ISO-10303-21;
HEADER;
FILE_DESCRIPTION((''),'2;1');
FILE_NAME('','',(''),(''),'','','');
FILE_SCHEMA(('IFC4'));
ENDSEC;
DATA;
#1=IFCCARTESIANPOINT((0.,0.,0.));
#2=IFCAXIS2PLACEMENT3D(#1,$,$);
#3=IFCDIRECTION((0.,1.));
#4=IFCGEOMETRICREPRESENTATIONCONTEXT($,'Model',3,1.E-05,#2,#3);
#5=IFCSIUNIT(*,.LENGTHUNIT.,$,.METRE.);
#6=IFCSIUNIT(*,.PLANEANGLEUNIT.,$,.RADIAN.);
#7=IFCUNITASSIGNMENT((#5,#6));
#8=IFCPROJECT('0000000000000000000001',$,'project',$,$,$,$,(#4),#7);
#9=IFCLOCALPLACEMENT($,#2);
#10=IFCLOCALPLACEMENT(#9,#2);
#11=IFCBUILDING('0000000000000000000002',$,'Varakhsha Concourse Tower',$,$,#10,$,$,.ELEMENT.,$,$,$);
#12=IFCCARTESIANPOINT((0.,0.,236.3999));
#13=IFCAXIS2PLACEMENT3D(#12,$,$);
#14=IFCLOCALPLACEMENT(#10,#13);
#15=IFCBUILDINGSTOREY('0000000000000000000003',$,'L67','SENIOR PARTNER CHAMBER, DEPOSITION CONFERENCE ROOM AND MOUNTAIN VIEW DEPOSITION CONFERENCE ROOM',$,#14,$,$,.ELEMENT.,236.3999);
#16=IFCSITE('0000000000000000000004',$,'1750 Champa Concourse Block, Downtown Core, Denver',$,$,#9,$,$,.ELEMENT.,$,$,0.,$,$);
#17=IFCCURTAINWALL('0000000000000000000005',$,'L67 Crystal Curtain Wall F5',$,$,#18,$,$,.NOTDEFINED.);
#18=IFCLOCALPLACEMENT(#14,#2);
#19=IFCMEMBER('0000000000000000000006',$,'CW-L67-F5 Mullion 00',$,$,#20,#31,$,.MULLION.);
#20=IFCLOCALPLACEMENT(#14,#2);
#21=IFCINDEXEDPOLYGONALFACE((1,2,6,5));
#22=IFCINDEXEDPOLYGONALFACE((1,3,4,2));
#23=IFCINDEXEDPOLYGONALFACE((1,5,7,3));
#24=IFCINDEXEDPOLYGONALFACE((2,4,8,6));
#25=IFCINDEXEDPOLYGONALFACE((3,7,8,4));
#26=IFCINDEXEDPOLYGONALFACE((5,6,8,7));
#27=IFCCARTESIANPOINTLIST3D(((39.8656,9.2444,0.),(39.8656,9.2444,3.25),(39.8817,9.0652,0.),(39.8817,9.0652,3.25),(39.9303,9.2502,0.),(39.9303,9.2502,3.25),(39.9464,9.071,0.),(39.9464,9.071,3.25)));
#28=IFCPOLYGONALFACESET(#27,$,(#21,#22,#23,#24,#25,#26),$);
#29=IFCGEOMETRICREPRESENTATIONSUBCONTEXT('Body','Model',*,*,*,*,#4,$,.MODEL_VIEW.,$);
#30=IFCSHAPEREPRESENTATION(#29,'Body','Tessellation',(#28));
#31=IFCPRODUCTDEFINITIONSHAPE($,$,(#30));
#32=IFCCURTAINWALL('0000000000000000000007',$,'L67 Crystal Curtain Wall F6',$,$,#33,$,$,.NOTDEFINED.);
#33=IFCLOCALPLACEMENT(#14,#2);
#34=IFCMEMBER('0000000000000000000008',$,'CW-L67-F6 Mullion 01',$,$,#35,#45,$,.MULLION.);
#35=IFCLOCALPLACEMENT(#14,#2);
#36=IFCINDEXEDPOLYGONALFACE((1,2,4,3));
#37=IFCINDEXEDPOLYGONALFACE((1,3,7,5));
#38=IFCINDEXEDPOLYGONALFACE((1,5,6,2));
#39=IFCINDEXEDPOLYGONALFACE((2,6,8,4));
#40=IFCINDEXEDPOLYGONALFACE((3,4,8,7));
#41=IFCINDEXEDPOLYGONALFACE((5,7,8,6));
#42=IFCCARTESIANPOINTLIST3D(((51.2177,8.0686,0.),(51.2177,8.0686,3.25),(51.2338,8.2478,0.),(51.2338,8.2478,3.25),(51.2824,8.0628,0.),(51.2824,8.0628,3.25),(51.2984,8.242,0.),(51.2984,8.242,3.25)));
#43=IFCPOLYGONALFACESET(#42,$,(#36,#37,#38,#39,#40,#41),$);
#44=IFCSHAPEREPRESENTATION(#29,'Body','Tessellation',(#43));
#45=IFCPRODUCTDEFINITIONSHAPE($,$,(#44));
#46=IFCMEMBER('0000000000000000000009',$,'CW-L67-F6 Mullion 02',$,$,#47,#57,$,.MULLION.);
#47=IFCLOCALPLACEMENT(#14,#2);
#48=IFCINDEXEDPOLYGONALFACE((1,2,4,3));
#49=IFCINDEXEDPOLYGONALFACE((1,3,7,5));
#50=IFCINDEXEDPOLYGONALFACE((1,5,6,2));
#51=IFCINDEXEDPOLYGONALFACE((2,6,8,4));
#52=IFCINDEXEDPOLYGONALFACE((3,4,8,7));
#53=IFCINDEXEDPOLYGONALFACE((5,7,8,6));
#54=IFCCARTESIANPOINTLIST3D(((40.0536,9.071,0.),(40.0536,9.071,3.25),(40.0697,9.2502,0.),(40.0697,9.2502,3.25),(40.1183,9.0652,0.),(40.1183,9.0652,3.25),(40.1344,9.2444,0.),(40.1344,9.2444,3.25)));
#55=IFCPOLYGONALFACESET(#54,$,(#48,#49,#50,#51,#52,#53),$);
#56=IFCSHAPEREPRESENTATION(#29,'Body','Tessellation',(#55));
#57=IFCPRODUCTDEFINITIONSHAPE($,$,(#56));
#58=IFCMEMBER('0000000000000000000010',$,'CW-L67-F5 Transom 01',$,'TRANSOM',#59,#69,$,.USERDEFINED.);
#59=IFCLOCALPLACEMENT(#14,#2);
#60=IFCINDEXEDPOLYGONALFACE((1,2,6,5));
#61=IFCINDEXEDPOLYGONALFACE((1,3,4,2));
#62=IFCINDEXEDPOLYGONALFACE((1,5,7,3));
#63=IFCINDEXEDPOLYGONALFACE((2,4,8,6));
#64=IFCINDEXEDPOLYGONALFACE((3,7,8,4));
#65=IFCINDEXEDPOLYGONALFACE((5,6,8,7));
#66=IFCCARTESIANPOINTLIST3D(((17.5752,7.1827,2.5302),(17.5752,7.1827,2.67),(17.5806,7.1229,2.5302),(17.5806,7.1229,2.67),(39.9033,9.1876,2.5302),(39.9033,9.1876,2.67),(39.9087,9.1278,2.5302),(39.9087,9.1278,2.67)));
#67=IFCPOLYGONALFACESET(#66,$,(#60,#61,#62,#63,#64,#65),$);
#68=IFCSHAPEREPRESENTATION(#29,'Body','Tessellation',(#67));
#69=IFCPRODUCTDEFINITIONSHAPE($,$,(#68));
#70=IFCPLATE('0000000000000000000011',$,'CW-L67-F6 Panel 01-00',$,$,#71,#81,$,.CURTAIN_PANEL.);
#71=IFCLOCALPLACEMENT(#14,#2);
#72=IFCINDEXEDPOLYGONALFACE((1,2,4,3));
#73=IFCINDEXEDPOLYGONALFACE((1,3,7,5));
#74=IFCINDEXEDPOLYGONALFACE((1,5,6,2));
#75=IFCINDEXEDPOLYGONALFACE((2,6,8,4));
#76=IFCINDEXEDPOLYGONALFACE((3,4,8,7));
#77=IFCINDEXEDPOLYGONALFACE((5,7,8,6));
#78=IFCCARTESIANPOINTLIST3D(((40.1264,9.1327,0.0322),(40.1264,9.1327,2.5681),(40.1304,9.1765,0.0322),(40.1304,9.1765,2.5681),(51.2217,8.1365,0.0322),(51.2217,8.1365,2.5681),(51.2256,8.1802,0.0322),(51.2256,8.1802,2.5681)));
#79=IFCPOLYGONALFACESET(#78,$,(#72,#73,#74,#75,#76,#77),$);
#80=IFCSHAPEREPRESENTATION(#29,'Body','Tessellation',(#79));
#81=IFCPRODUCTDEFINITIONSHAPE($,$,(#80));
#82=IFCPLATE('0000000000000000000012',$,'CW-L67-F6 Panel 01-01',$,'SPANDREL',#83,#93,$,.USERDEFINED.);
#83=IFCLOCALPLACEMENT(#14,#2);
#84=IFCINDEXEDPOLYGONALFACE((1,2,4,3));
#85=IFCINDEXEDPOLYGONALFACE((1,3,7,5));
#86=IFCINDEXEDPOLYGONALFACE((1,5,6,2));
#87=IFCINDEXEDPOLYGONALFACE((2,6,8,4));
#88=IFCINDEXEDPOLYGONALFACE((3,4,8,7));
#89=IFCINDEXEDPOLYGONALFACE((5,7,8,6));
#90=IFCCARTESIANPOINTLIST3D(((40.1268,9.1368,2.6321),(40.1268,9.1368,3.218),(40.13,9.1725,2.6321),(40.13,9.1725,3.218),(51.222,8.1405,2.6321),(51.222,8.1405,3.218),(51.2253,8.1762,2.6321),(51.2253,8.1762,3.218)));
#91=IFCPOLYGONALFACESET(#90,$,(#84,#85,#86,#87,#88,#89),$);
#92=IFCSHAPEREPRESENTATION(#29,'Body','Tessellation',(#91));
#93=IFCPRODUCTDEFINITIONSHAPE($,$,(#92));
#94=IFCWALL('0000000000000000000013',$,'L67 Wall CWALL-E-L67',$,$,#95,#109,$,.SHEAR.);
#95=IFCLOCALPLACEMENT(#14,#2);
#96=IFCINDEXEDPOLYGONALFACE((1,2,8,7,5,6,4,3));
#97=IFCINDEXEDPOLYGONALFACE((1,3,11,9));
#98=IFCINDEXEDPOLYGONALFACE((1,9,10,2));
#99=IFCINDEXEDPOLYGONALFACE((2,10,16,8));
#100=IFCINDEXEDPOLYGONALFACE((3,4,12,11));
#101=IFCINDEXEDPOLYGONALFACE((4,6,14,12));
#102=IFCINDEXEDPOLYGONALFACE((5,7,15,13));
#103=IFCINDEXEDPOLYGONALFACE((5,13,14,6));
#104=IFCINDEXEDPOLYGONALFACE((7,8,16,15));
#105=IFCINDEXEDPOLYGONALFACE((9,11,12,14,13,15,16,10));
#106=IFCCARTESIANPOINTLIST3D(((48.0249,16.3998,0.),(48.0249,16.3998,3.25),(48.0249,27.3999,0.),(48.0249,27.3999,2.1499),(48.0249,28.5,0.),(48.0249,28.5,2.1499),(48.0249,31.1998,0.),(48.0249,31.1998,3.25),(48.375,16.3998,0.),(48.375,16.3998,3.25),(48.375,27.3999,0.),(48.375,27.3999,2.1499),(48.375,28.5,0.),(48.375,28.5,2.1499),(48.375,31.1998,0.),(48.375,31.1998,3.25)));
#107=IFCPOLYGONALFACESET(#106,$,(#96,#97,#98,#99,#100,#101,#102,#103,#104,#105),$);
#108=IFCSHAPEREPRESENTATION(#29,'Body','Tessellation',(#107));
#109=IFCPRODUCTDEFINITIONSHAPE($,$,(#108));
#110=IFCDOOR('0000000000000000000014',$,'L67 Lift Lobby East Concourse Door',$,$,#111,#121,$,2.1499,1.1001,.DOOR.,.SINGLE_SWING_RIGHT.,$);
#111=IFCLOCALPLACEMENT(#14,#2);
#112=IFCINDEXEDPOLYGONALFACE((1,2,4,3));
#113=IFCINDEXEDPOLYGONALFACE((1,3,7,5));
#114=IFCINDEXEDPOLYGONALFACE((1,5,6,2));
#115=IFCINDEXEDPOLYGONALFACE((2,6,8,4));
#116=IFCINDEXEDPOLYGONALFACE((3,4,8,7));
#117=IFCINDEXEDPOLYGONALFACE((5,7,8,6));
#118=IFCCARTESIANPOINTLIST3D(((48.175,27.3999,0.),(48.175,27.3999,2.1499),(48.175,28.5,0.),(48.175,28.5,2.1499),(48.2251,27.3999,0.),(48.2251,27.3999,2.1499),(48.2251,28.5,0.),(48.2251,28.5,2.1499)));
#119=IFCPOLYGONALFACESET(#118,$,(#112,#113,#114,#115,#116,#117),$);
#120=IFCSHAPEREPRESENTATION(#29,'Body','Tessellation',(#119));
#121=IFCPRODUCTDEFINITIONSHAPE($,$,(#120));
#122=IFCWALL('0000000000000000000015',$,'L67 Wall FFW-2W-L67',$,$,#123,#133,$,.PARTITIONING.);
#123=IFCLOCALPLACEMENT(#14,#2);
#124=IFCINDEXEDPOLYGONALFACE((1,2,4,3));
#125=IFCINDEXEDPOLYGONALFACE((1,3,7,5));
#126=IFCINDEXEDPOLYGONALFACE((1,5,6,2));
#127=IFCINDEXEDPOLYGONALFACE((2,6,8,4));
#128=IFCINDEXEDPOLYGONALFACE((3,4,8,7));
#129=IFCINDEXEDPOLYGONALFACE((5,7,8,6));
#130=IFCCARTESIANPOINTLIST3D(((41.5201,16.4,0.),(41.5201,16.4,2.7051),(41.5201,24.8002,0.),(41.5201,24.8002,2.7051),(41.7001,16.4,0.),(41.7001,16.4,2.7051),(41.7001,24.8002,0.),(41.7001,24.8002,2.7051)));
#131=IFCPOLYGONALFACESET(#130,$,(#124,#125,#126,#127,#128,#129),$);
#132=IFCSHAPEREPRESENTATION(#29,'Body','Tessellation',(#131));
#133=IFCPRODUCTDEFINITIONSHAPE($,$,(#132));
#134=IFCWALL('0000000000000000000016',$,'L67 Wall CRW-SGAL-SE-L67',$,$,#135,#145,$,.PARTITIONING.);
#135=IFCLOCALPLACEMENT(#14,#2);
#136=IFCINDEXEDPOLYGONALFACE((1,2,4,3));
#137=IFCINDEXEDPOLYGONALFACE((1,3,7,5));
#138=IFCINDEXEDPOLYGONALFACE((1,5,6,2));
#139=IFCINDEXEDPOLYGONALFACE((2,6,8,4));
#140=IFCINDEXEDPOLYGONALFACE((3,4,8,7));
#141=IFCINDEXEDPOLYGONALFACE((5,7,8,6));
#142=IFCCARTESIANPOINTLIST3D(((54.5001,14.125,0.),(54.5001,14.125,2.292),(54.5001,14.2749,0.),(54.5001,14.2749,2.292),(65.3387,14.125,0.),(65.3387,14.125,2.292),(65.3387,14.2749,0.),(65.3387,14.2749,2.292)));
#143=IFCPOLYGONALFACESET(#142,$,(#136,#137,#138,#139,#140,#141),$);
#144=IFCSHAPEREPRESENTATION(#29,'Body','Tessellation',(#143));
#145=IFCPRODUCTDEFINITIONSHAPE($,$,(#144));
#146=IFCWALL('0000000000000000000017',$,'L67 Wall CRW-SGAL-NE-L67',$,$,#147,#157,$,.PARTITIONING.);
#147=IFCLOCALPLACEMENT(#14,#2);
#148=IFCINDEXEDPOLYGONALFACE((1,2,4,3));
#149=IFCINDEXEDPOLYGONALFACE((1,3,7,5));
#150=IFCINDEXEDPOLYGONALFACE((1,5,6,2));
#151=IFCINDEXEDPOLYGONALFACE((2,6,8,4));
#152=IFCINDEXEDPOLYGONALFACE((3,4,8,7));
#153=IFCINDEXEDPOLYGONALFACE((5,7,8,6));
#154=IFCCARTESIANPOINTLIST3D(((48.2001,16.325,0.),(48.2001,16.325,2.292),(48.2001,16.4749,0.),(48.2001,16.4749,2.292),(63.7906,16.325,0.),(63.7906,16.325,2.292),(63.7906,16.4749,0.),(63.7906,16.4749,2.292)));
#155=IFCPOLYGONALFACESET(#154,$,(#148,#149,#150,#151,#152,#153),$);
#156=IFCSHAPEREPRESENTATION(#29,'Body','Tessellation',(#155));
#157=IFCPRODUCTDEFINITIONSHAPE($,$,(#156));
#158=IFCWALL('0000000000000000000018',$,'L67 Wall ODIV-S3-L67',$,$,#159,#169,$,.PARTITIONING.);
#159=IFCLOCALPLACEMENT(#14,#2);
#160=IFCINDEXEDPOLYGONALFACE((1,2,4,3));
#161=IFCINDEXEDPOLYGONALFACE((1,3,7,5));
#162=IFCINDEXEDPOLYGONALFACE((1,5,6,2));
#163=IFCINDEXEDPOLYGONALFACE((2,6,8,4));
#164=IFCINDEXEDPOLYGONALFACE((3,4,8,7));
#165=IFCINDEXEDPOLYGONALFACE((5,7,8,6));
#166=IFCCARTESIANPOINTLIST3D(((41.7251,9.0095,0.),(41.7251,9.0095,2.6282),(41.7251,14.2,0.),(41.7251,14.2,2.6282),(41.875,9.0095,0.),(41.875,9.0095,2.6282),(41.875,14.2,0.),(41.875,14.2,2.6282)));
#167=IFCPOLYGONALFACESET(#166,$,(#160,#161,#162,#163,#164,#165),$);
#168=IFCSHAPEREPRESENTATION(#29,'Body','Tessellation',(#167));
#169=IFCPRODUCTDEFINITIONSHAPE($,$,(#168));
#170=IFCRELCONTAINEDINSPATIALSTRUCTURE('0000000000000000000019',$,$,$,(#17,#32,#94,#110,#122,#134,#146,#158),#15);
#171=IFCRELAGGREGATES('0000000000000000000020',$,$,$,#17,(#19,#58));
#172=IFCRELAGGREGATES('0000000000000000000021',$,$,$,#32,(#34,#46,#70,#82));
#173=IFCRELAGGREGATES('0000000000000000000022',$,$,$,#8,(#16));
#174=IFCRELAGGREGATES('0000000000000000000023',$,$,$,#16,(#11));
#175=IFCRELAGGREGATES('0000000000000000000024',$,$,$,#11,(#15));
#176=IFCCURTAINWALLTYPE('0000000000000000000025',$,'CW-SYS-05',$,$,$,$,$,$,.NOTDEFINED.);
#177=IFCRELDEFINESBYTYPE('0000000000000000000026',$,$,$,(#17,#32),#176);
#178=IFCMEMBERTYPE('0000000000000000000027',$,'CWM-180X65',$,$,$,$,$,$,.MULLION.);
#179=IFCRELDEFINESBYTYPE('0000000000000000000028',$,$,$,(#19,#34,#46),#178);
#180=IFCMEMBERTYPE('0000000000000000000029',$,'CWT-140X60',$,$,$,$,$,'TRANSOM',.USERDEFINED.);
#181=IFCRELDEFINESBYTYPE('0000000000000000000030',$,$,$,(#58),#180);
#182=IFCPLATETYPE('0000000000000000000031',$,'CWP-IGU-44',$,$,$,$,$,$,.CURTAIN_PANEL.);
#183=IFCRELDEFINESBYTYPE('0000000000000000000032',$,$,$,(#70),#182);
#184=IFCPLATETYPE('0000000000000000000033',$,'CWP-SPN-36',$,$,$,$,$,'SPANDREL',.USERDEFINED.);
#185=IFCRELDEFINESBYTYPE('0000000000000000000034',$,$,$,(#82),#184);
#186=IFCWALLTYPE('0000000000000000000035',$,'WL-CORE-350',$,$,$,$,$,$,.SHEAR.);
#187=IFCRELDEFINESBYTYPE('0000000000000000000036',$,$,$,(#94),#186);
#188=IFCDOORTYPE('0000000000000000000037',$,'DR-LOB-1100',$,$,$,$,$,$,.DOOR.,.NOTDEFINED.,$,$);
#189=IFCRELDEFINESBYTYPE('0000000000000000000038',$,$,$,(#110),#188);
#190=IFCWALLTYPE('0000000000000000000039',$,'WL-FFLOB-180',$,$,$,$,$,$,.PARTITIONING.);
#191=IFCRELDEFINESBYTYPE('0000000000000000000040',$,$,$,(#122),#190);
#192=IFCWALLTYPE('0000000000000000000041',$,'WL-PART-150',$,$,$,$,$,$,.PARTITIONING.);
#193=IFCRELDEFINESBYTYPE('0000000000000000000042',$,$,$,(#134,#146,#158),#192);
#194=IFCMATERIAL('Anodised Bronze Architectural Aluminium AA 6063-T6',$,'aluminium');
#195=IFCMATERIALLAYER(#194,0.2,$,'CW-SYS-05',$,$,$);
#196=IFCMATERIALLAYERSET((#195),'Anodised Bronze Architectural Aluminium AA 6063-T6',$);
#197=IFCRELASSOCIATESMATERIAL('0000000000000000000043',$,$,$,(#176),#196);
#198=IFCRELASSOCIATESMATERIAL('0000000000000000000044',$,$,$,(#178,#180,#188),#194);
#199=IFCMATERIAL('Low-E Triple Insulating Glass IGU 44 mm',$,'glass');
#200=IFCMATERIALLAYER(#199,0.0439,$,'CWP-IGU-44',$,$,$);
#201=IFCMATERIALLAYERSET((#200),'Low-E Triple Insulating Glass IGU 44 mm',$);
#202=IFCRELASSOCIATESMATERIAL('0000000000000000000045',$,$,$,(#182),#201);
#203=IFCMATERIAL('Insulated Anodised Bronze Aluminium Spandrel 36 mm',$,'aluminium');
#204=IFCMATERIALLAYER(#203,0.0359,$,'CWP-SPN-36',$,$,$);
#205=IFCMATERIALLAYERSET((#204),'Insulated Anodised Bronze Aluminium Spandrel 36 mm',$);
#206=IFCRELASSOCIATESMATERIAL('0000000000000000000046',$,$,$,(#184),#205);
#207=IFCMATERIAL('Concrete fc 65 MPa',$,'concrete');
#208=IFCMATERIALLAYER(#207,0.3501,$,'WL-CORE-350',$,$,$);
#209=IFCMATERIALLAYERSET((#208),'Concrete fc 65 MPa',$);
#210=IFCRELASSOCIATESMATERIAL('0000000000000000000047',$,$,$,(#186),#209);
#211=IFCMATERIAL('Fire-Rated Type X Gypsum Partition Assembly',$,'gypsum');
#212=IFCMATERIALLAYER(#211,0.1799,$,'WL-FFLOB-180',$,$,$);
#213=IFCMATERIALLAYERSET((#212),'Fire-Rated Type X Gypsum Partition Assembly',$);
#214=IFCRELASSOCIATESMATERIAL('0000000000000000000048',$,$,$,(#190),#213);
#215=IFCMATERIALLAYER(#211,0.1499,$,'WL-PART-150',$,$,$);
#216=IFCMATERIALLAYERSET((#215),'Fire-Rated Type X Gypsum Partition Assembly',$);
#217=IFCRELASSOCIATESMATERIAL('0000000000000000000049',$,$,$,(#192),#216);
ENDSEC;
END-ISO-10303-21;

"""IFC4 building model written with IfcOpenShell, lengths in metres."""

from ifc_helpers import new_model, si_unit, direction, frame, frame_2d, origin, origin_2d, place, context, subcontext, project, spatial, rectangle, extrude, source, transform, mapped, material, layer, layer_set, material_profile, profile_set, type_object, type_shapes, element, fill, aggregate, save


model = new_model("IFC4")

# Units and contexts
model_context = context("Model", 3, precision=1e-05, world=origin(), true_north=direction((0.0, 1.0)))
body_context = subcontext(model_context, "Body", "Model", "MODEL_VIEW")
ifc_project = project(units=[si_unit("LENGTHUNIT", "METRE"), si_unit("PLANEANGLEUNIT", "RADIAN")], contexts=[model_context])

# Site, building, storey
site_placement = place(None, origin())
site = spatial("IfcSite", under=ifc_project, at=site_placement, Name="1750 Champa Concourse Block, Downtown Core, Denver", CompositionType="ELEMENT", RefElevation=0.0)
building_placement = place(site_placement, origin())
building = spatial("IfcBuilding", under=site, at=building_placement, Name="Varakhsha Concourse Tower", CompositionType="ELEMENT")
storey_placement = place(building_placement, frame((0.0, 0.0, 236.3999)))
storey = spatial("IfcBuildingStorey", under=building, at=storey_placement, Name="L67", Description="SENIOR PARTNER CHAMBER, DEPOSITION CONFERENCE ROOM AND MOUNTAIN VIEW DEPOSITION CONFERENCE ROOM", CompositionType="ELEMENT", Elevation=236.3999)

# Shared definitions
ifc_material_1 = material(Name="Concrete fc 65 MPa", Category="concrete")

# Curtain wall, member
ifc_material_2 = material(Name="Anodised Bronze Architectural Aluminium AA 6063-T6", Category="aluminium")
ifc_layer_1 = layer(ifc_material_2, 0.2, Name="CW-SYS-05")
ifc_layer_set_1 = layer_set([ifc_layer_1], Name="Anodised Bronze Architectural Aluminium AA 6063-T6")
curtain_wall_type = type_object("IfcCurtainWallType", Name="CW-SYS-05", PredefinedType="NOTDEFINED", material=ifc_layer_set_1)
curtain_wall_1_placement = place(storey_placement, origin())
curtain_wall_1 = element("IfcCurtainWall", 1, at=curtain_wall_1_placement, inside=storey, type_object=curtain_wall_type, Name="L67 Crystal Curtain Wall F5", PredefinedType="NOTDEFINED")
ifc_material_profile_1 = material_profile(ifc_material_2, rectangle(XDim=0.0649, YDim=0.1799, at=origin_2d()), Name="CWM-180X65")
ifc_profile_set_1 = profile_set([ifc_material_profile_1], Name="Anodised Bronze Architectural Aluminium AA 6063-T6")
member_type_1 = type_object("IfcMemberType", Name="CWM-180X65", PredefinedType="MULLION", material=ifc_profile_set_1)
shared_shape_1 = source(origin(), body_context, "Body", "SweptSolid", [
    extrude(rectangle(XDim=0.0649, YDim=0.1799, at=origin_2d()), origin(), (0.0, 0.0, 1.0), 3.25),
])
type_shapes(member_type_1, [shared_shape_1])
member_1_placement = place(storey_placement, frame((39.906, 9.1577, 0.0), z_axis=(0.0, 0.0, 1.0), x_axis=(-0.995993, -0.089433, 0.0)))
member_1 = element("IfcMember", 2, at=member_1_placement, type_object=member_type_1, Name="CW-L67-F5 Mullion 00", PredefinedType="MULLION", context=body_context, shape_type="MappedRepresentation", body=[
    mapped(shared_shape_1, transform((0.0, 0.0, 0.0), scale=1.0)),
])

# Curtain wall, members
curtain_wall_2_placement = place(storey_placement, origin())
curtain_wall_2 = element("IfcCurtainWall", 3, at=curtain_wall_2_placement, inside=storey, type_object=curtain_wall_type, Name="L67 Crystal Curtain Wall F6", PredefinedType="NOTDEFINED")
member_2_placement = place(storey_placement, frame((51.2581, 8.1553, 0.0), z_axis=(0.0, 0.0, 1.0), x_axis=(-0.995993, 0.089433, 0.0)))
member_2 = element("IfcMember", 4, at=member_2_placement, type_object=member_type_1, Name="CW-L67-F6 Mullion 01", PredefinedType="MULLION", context=body_context, shape_type="MappedRepresentation", body=[
    mapped(shared_shape_1, transform((0.0, 0.0, 0.0), scale=1.0)),
])
member_3_placement = place(storey_placement, frame((40.094, 9.1577, 0.0), z_axis=(0.0, 0.0, 1.0), x_axis=(-0.995993, 0.089433, 0.0)))
member_3 = element("IfcMember", 5, at=member_3_placement, type_object=member_type_1, Name="CW-L67-F6 Mullion 02", PredefinedType="MULLION", context=body_context, shape_type="MappedRepresentation", body=[
    mapped(shared_shape_1, transform((0.0, 0.0, 0.0), scale=1.0)),
])

# Member
ifc_material_profile_2 = material_profile(ifc_material_2, rectangle(XDim=0.0601, YDim=0.1399, at=origin_2d()), Name="CWT-140X60")
ifc_profile_set_2 = profile_set([ifc_material_profile_2], Name="Anodised Bronze Architectural Aluminium AA 6063-T6")
member_type_2 = type_object("IfcMemberType", Name="CWT-140X60", ElementType="TRANSOM", PredefinedType="USERDEFINED", material=ifc_profile_set_2)
shared_shape_2 = source(origin(), body_context, "Body", "SweptSolid", [
    extrude(rectangle(XDim=0.0601, YDim=0.1399, at=origin_2d()), origin(), (0.0, 0.0, 1.0), 22.418),
])
type_shapes(member_type_2, [shared_shape_2])
member_4_placement = place(storey_placement, frame((39.906, 9.1577, 2.6001), z_axis=(-0.995993, -0.089432, 0.0), x_axis=(0.089432, -0.995993, 0.0)))
member_4 = element("IfcMember", 6, at=member_4_placement, type_object=member_type_2, Name="CW-L67-F5 Transom 01", ObjectType="TRANSOM", PredefinedType="USERDEFINED", context=body_context, shape_type="MappedRepresentation", body=[
    mapped(shared_shape_2, transform((0.0, 0.0, 0.0), scale=1.0)),
])
aggregate(curtain_wall_1, [member_1, member_4])

# Plates
ifc_material_3 = material(Name="Low-E Triple Insulating Glass IGU 44 mm", Category="glass")
ifc_layer_2 = layer(ifc_material_3, 0.0439, Name="CWP-IGU-44")
ifc_layer_set_2 = layer_set([ifc_layer_2], Name="Low-E Triple Insulating Glass IGU 44 mm")
plate_type_1 = type_object("IfcPlateType", Name="CWP-IGU-44", PredefinedType="CURTAIN_PANEL", material=ifc_layer_set_2)
shared_shape_3 = source(origin(), body_context, "Body", "SweptSolid", [
    extrude(rectangle(XDim=11.1399, YDim=0.0439, at=origin_2d()), origin(), (0.0, 0.0, 1.0), 2.5359),
])
type_shapes(plate_type_1, [shared_shape_3])
plate_1_placement = place(storey_placement, frame((45.676, 8.6565, 0.0322), z_axis=(0.0, 0.0, 1.0), x_axis=(-0.995993, 0.089433, 0.0)))
plate_1 = element("IfcPlate", 7, at=plate_1_placement, type_object=plate_type_1, Name="CW-L67-F6 Panel 01-00", PredefinedType="CURTAIN_PANEL", context=body_context, shape_type="MappedRepresentation", body=[
    mapped(shared_shape_3, transform((0.0, 0.0, 0.0), scale=1.0)),
])
ifc_material_4 = material(Name="Insulated Anodised Bronze Aluminium Spandrel 36 mm", Category="aluminium")
ifc_layer_3 = layer(ifc_material_4, 0.0359, Name="CWP-SPN-36")
ifc_layer_set_3 = layer_set([ifc_layer_3], Name="Insulated Anodised Bronze Aluminium Spandrel 36 mm")
plate_type_2 = type_object("IfcPlateType", Name="CWP-SPN-36", ElementType="SPANDREL", PredefinedType="USERDEFINED", material=ifc_layer_set_3)
shared_shape_4 = source(origin(), body_context, "Body", "SweptSolid", [
    extrude(rectangle(XDim=11.1399, YDim=0.0359, at=origin_2d()), origin(), (0.0, 0.0, 1.0), 0.5859),
])
type_shapes(plate_type_2, [shared_shape_4])
plate_2_placement = place(storey_placement, frame((45.676, 8.6565, 2.6321), z_axis=(0.0, 0.0, 1.0), x_axis=(-0.995993, 0.089433, 0.0)))
plate_2 = element("IfcPlate", 8, at=plate_2_placement, type_object=plate_type_2, Name="CW-L67-F6 Panel 01-01", ObjectType="SPANDREL", PredefinedType="USERDEFINED", context=body_context, shape_type="MappedRepresentation", body=[
    mapped(shared_shape_4, transform((0.0, 0.0, 0.0), scale=1.0)),
])
aggregate(curtain_wall_2, [member_2, member_3, plate_1, plate_2])

# Wall, opening, door
ifc_layer_4 = layer(ifc_material_1, 0.3501, Name="WL-CORE-350")
ifc_layer_set_4 = layer_set([ifc_layer_4], Name="Concrete fc 65 MPa")
wall_type_1 = type_object("IfcWallType", Name="WL-CORE-350", PredefinedType="SHEAR", material=ifc_layer_set_4)
wall_1_placement = place(storey_placement, frame((48.2, 16.3999, 0.0), z_axis=(0.0, 0.0, 1.0), x_axis=(0.0, 1.0, 0.0)))
wall_1 = element("IfcWall", 9, at=wall_1_placement, inside=storey, type_object=wall_type_1, Name="L67 Wall CWALL-E-L67", PredefinedType="SHEAR", context=body_context, shape_type="SweptSolid", body=[
    extrude(rectangle(XDim=14.8, YDim=0.3501, at=frame_2d((7.3999, 0.0))), origin(), (0.0, 0.0, 1.0), 3.25),
])
opening_1_placement = place(wall_1_placement, frame((11.0, 0.0, 0.0)))
opening_1 = element("IfcOpeningElement", 10, at=opening_1_placement, cuts=wall_1, PredefinedType="OPENING", context=body_context, shape_type="SweptSolid", body=[
    extrude(rectangle(XDim=1.1001, YDim=2.1499, at=frame_2d((0.55, 1.075))), frame((0.0, 0.1851, 0.0), z_axis=(0.0, -1.0, 0.0), x_axis=(1.0, 0.0, 0.0)), (0.0, 0.0, 1.0), 0.3701),
])
door_type_1 = type_object("IfcDoorType", Name="DR-LOB-1100", OperationType="NOTDEFINED", PredefinedType="DOOR", material=ifc_material_2)
door_1_placement = place(opening_1_placement, origin())
door_1 = element("IfcDoor", 11, at=door_1_placement, inside=storey, type_object=door_type_1, Name="L67 Lift Lobby East Concourse Door", OperationType="SINGLE_SWING_RIGHT", OverallHeight=2.1499, OverallWidth=1.1001, PredefinedType="DOOR", context=body_context, shape_type="SweptSolid", body=[
    extrude(rectangle(XDim=1.1001, YDim=2.1499, at=frame_2d((0.55, 1.075))), frame((0.0, 0.0249, 0.0), z_axis=(0.0, -1.0, 0.0), x_axis=(1.0, 0.0, 0.0)), (0.0, 0.0, 1.0), 0.05),
])
fill(opening_1, door_1)

# Walls
ifc_material_5 = material(Name="Fire-Rated Type X Gypsum Partition Assembly", Category="gypsum")
ifc_layer_5 = layer(ifc_material_5, 0.1799, Name="WL-FFLOB-180")
ifc_layer_set_5 = layer_set([ifc_layer_5], Name="Fire-Rated Type X Gypsum Partition Assembly")
wall_type_2 = type_object("IfcWallType", Name="WL-FFLOB-180", PredefinedType="PARTITIONING", material=ifc_layer_set_5)
wall_2_placement = place(storey_placement, frame((41.6101, 16.3999, 0.0), z_axis=(0.0, 0.0, 1.0), x_axis=(0.0, 1.0, 0.0)))
element("IfcWall", 12, at=wall_2_placement, inside=storey, type_object=wall_type_2, Name="L67 Wall FFW-2W-L67", PredefinedType="PARTITIONING", context=body_context, shape_type="SweptSolid", body=[
    extrude(rectangle(XDim=8.4001, YDim=0.1799, at=frame_2d((4.2002, 0.0))), origin(), (0.0, 0.0, 1.0), 2.7051),
])
ifc_layer_6 = layer(ifc_material_5, 0.1499, Name="WL-PART-150")
ifc_layer_set_6 = layer_set([ifc_layer_6], Name="Fire-Rated Type X Gypsum Partition Assembly")
wall_type_3 = type_object("IfcWallType", Name="WL-PART-150", PredefinedType="PARTITIONING", material=ifc_layer_set_6)
wall_3_placement = place(storey_placement, frame((54.5, 14.2, 0.0), z_axis=(0.0, 0.0, 1.0), x_axis=(1.0, 0.0, 0.0)))
element("IfcWall", 13, at=wall_3_placement, inside=storey, type_object=wall_type_3, Name="L67 Wall CRW-SGAL-SE-L67", PredefinedType="PARTITIONING", context=body_context, shape_type="SweptSolid", body=[
    extrude(rectangle(XDim=10.8386, YDim=0.1499, at=frame_2d((5.4194, 0.0))), origin(), (0.0, 0.0, 1.0), 2.292),
])
wall_4_placement = place(storey_placement, frame((48.2, 16.3999, 0.0), z_axis=(0.0, 0.0, 1.0), x_axis=(1.0, 0.0, 0.0)))
element("IfcWall", 14, at=wall_4_placement, inside=storey, type_object=wall_type_3, Name="L67 Wall CRW-SGAL-NE-L67", PredefinedType="PARTITIONING", context=body_context, shape_type="SweptSolid", body=[
    extrude(rectangle(XDim=15.5906, YDim=0.1499, at=frame_2d((7.7954, 0.0))), origin(), (0.0, 0.0, 1.0), 2.292),
])
wall_5_placement = place(storey_placement, frame((41.8, 9.0095, 0.0), z_axis=(0.0, 0.0, 1.0), x_axis=(0.0, 1.0, 0.0)))
element("IfcWall", 15, at=wall_5_placement, inside=storey, type_object=wall_type_3, Name="L67 Wall ODIV-S3-L67", PredefinedType="PARTITIONING", context=body_context, shape_type="SweptSolid", body=[
    extrude(rectangle(XDim=5.1904, YDim=0.1499, at=frame_2d((2.5952, 0.0))), origin(), (0.0, 0.0, 1.0), 2.6282),
])

save(model, "model.ifc")
